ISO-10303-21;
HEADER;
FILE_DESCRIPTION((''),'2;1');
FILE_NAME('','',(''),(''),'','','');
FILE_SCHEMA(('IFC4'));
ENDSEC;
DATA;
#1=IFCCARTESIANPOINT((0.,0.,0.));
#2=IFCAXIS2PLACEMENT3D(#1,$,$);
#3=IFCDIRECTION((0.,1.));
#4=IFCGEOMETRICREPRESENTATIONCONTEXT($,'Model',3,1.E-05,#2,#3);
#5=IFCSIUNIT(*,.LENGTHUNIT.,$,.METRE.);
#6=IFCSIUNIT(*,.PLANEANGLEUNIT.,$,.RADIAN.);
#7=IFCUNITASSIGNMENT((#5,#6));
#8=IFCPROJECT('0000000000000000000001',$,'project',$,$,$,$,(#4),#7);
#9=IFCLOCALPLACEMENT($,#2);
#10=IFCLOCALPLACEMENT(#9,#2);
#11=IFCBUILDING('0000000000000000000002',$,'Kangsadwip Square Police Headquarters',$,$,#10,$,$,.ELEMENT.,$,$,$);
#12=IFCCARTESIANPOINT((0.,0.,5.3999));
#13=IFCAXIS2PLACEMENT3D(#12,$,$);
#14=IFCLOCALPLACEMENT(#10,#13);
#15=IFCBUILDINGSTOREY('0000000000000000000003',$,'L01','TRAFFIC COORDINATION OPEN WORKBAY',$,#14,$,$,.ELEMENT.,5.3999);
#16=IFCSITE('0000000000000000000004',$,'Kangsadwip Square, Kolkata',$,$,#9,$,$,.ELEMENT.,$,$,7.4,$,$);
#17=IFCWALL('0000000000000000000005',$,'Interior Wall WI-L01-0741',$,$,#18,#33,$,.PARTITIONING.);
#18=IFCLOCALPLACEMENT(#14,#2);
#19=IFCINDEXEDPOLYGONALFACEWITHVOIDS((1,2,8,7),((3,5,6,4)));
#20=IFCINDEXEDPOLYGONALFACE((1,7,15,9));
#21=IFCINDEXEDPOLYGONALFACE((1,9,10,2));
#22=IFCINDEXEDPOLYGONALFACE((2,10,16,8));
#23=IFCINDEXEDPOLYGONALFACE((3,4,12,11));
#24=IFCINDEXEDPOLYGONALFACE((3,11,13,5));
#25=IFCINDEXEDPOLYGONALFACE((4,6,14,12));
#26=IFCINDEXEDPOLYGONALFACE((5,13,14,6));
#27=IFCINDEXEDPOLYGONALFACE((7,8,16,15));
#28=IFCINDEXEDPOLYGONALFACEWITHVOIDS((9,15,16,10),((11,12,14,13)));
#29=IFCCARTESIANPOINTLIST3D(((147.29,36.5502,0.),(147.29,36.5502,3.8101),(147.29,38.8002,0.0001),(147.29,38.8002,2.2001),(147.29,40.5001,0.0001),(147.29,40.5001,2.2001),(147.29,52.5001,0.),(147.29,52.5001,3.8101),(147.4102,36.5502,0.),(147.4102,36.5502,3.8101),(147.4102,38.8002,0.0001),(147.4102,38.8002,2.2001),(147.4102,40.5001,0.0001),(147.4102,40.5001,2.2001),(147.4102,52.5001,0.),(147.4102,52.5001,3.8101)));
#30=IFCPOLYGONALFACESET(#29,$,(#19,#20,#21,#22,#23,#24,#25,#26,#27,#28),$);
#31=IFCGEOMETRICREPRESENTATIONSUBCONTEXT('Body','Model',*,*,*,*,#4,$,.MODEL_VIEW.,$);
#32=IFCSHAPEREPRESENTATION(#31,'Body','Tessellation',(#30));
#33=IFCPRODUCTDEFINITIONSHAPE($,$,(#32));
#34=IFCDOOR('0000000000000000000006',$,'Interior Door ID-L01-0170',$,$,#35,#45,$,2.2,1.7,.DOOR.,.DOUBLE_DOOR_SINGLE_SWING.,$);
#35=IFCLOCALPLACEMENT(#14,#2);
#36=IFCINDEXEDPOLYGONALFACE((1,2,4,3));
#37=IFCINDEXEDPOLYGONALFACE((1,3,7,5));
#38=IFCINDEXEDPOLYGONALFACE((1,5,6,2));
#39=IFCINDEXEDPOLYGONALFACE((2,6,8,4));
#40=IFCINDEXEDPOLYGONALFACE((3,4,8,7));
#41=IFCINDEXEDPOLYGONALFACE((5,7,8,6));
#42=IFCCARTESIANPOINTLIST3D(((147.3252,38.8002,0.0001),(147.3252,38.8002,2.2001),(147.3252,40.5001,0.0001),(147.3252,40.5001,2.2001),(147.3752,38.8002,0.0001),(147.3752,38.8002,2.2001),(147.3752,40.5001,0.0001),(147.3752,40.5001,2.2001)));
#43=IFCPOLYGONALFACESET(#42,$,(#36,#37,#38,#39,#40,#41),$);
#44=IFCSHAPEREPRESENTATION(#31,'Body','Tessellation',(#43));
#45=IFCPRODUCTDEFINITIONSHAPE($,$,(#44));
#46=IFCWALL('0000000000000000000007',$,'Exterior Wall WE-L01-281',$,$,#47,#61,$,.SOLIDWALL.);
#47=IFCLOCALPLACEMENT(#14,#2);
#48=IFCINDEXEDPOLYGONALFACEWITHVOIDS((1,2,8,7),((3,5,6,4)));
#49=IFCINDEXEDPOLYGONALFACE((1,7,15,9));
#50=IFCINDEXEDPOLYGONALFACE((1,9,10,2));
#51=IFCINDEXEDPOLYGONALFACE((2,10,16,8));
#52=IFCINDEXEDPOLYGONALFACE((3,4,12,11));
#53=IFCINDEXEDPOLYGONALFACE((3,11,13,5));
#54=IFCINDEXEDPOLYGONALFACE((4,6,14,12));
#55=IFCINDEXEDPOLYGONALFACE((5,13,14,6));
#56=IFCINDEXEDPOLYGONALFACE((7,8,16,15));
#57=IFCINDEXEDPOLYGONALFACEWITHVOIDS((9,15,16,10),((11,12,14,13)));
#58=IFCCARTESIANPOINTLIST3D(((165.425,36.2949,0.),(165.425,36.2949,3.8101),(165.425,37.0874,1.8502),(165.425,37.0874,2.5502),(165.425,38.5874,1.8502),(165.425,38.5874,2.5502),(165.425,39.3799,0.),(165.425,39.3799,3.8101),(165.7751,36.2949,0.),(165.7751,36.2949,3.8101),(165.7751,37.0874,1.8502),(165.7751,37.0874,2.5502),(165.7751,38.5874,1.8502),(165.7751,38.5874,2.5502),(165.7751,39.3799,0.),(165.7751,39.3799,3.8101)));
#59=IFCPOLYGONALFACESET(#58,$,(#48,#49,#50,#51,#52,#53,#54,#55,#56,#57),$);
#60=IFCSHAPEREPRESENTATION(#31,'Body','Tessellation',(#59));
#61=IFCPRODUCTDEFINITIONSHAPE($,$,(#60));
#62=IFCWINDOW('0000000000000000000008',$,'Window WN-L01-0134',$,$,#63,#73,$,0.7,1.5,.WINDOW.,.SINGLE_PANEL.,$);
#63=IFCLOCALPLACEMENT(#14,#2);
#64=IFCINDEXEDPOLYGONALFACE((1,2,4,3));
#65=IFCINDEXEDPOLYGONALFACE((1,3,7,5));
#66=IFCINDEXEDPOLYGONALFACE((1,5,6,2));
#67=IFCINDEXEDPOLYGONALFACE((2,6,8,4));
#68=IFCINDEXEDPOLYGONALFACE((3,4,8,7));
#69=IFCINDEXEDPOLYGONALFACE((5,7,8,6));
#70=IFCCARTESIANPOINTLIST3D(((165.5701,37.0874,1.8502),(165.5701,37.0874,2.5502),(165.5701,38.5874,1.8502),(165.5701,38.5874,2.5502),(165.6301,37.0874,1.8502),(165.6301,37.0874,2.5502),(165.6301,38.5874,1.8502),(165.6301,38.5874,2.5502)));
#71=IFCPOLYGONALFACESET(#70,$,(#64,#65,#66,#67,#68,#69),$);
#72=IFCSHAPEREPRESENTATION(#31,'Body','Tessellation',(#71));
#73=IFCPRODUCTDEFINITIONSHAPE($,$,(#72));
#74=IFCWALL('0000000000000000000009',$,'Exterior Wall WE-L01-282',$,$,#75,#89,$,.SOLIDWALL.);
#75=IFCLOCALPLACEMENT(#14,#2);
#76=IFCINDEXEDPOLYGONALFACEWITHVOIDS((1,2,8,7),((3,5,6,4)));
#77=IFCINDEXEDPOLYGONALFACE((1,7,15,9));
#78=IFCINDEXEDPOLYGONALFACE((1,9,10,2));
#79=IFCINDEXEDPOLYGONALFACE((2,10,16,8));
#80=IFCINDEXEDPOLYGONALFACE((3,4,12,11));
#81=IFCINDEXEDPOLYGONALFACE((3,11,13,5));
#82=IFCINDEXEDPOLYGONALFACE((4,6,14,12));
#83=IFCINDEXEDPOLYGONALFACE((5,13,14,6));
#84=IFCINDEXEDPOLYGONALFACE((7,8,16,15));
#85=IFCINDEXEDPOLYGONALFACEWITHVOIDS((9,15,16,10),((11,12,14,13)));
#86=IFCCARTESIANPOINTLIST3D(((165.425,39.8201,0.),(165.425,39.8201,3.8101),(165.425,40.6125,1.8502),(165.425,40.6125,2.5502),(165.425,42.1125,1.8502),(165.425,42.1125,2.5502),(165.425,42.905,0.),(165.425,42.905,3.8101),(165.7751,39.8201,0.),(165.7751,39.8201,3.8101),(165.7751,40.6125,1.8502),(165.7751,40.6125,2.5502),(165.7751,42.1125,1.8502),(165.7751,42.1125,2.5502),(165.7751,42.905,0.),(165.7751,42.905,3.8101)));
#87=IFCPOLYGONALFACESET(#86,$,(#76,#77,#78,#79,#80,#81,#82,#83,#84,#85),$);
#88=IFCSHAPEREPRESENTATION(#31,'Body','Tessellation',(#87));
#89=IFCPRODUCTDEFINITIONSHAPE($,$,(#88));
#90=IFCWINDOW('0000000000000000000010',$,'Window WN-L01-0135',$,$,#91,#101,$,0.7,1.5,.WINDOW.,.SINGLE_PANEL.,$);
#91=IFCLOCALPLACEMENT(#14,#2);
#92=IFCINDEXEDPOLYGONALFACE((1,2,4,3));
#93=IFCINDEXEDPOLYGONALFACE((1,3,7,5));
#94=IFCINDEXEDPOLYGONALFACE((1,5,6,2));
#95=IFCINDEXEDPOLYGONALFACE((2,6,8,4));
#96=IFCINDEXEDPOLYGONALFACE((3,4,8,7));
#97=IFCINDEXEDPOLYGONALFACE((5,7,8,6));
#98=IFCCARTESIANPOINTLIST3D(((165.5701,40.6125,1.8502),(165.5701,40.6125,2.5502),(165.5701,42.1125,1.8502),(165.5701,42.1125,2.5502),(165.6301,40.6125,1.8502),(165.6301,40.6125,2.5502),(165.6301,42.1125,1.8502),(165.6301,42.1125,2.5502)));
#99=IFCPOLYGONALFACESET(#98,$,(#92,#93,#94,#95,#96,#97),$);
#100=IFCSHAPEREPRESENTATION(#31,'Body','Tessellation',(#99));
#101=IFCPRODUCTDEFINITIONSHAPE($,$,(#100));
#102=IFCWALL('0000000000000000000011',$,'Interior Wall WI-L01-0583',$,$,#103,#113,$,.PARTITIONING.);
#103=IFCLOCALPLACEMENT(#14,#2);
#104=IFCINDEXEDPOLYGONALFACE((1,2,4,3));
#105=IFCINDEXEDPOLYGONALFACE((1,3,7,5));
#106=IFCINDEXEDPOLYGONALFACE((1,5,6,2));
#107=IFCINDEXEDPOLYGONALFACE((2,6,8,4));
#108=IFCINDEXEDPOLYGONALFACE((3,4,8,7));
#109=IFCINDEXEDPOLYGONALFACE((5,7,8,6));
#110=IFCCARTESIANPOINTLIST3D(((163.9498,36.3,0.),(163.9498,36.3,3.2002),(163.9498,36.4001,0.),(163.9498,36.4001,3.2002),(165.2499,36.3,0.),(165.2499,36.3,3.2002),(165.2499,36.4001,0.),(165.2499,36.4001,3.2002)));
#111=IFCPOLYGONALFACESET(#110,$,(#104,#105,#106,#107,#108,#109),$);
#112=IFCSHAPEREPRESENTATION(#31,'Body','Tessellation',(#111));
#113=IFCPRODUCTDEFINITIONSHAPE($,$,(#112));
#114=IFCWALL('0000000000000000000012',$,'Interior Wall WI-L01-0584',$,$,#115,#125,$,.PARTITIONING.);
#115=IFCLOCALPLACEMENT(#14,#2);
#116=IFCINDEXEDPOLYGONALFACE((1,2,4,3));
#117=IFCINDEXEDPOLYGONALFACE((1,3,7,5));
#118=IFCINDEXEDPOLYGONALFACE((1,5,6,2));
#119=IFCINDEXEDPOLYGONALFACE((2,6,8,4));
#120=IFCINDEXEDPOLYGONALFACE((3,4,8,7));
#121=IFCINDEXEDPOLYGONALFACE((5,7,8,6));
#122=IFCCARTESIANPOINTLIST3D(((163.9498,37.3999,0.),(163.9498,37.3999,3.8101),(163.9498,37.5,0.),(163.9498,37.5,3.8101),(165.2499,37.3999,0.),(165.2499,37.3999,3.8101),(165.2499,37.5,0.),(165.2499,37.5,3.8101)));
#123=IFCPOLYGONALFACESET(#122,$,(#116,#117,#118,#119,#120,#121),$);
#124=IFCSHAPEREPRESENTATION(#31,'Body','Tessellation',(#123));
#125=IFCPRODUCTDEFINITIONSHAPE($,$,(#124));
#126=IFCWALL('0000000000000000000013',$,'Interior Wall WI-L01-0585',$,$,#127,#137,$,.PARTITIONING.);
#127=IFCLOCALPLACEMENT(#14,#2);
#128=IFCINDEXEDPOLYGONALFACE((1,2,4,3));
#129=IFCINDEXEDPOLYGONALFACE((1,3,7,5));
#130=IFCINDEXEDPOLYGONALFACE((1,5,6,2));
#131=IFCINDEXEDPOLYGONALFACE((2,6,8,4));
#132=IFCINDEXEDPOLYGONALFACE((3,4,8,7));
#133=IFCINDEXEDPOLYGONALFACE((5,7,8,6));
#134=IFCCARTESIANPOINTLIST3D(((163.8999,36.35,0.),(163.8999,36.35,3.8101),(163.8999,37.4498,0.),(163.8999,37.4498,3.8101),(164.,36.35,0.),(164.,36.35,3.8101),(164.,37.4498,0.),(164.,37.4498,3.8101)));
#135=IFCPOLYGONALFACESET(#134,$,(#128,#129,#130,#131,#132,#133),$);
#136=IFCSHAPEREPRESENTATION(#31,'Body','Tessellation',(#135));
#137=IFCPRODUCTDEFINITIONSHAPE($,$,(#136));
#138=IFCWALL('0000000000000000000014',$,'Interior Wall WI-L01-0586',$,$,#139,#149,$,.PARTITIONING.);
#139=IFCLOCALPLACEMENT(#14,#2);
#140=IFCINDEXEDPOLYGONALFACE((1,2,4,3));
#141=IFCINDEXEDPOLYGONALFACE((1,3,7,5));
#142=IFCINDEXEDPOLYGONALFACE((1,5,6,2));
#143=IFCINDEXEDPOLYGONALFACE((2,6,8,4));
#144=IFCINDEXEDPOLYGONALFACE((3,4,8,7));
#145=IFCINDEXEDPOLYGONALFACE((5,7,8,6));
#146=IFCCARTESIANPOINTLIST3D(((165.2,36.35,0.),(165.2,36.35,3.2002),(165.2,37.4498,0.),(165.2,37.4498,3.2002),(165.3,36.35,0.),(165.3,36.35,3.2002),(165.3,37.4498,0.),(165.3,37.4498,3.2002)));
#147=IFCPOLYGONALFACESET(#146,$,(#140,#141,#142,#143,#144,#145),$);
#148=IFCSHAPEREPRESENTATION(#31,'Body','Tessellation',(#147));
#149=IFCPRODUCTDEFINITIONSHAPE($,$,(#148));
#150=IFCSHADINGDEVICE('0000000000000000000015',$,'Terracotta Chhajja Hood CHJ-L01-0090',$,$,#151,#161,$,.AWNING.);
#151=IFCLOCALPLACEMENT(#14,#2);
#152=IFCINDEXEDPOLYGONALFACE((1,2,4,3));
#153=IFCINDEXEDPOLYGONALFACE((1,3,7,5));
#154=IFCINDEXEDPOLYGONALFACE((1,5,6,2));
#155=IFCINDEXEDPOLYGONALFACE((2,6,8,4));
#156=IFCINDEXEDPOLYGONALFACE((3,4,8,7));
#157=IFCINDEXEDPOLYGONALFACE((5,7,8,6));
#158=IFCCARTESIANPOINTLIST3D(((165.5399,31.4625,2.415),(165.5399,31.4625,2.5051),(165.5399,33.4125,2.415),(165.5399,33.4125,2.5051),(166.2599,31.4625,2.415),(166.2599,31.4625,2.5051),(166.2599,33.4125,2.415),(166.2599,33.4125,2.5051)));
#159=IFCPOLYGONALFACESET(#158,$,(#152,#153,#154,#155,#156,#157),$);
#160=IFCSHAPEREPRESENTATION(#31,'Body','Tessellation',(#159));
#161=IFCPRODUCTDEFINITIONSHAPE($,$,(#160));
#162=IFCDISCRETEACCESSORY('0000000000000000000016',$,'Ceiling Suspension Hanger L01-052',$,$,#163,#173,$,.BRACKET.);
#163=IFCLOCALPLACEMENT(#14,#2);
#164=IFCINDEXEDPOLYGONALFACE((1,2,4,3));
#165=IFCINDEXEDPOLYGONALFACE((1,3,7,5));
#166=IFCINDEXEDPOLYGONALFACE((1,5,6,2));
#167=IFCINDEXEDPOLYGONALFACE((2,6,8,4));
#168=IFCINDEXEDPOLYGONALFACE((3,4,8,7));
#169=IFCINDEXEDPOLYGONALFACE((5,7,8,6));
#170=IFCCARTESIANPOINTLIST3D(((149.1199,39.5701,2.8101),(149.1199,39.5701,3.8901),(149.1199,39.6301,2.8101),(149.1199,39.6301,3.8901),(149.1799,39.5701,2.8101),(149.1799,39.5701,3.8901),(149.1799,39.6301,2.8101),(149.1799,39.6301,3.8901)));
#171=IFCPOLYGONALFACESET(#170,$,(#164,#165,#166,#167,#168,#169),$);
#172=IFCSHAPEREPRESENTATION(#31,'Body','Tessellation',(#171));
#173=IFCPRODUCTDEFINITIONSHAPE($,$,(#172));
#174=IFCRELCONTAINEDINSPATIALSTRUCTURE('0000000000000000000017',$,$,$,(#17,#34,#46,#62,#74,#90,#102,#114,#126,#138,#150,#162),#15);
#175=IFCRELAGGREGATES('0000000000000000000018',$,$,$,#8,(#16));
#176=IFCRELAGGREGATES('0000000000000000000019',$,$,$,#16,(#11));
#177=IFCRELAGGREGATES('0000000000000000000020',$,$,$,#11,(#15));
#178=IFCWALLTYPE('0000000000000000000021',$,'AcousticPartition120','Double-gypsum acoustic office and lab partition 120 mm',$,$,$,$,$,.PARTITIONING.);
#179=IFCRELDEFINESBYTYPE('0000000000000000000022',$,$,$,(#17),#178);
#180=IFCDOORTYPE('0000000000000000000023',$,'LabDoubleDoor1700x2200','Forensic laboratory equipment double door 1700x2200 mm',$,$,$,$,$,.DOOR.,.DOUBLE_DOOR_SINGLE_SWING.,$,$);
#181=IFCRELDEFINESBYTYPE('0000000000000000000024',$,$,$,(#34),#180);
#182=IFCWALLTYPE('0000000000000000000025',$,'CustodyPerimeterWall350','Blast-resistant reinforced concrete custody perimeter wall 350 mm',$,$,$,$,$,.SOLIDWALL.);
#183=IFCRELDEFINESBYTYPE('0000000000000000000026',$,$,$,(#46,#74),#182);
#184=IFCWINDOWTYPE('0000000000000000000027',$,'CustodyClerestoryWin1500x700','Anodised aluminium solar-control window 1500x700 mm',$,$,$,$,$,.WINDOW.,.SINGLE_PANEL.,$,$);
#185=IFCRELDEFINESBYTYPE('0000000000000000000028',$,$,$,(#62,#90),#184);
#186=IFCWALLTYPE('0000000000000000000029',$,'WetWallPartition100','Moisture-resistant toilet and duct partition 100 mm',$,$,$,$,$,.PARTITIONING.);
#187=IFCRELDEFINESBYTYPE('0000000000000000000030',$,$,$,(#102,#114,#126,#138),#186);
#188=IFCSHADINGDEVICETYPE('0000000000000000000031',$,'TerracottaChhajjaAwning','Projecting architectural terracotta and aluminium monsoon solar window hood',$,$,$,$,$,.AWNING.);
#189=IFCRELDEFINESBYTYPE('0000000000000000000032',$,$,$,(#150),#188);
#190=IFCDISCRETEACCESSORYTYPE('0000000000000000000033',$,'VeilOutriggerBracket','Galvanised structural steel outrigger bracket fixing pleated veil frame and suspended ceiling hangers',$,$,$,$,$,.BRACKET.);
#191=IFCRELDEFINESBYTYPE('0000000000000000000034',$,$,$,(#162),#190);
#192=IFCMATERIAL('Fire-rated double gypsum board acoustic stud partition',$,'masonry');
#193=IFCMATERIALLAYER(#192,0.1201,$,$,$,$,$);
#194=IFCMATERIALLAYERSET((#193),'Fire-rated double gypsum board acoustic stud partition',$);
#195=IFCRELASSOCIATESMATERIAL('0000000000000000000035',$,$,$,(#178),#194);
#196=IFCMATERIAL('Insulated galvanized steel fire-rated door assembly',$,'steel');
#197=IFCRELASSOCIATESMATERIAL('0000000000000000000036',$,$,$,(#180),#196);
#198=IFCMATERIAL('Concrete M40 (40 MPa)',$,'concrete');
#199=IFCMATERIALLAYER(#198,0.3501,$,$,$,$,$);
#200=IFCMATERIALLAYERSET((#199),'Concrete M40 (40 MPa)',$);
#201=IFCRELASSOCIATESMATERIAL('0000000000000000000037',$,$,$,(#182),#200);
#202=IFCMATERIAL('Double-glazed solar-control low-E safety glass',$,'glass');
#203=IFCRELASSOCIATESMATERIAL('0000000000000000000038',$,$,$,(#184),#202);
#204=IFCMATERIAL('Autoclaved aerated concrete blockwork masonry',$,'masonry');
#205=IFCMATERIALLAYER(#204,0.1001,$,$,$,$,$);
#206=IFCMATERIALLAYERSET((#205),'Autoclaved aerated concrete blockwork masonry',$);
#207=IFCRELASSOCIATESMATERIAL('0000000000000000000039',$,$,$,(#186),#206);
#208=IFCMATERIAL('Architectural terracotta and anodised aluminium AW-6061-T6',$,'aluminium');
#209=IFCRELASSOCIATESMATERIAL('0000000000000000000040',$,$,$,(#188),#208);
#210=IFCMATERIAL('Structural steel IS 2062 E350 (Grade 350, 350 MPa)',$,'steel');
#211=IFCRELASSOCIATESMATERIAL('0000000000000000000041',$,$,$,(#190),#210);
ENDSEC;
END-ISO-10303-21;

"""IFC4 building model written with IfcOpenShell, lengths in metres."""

from ifc_helpers import new_model, si_unit, direction, frame, frame_2d, origin, origin_2d, place, context, subcontext, project, spatial, rectangle, extrude, material, layer, layer_set, type_object, element, fill, save


model = new_model("IFC4")

# Units and contexts
model_context = context("Model", 3, precision=1e-05, world=origin(), true_north=direction((0.0, 1.0)))
body_context = subcontext(model_context, "Body", "Model", "MODEL_VIEW")
ifc_project = project(units=[si_unit("LENGTHUNIT", "METRE"), si_unit("PLANEANGLEUNIT", "RADIAN")], contexts=[model_context])

# Site, building, storey
site_placement = place(None, origin())
site = spatial("IfcSite", under=ifc_project, at=site_placement, Name="Kangsadwip Square, Kolkata", CompositionType="ELEMENT", RefElevation=7.4)
building_placement = place(site_placement, origin())
building = spatial("IfcBuilding", under=site, at=building_placement, Name="Kangsadwip Square Police Headquarters", CompositionType="ELEMENT")
storey_placement = place(building_placement, frame((0.0, 0.0, 5.3999)))
storey = spatial("IfcBuildingStorey", under=building, at=storey_placement, Name="L01", Description="TRAFFIC COORDINATION OPEN WORKBAY", CompositionType="ELEMENT", Elevation=5.3999)

# Wall, opening, door
ifc_material_1 = material(Name="Fire-rated double gypsum board acoustic stud partition", Category="masonry")
ifc_layer_1 = layer(ifc_material_1, 0.1201)
ifc_layer_set_1 = layer_set([ifc_layer_1], Name="Fire-rated double gypsum board acoustic stud partition")
wall_type_1 = type_object("IfcWallType", Name="AcousticPartition120", Description="Double-gypsum acoustic office and lab partition 120 mm", PredefinedType="PARTITIONING", material=ifc_layer_set_1)
wall_1_placement = place(storey_placement, frame((147.3501, 36.55, 0.0), z_axis=(0.0, 0.0, 1.0), x_axis=(0.0, 1.0, 0.0)))
wall_1 = element("IfcWall", 1, at=wall_1_placement, inside=storey, type_object=wall_type_1, Name="Interior Wall WI-L01-0741", PredefinedType="PARTITIONING", context=body_context, shape_type="SweptSolid", body=[
    extrude(rectangle(XDim=15.95, YDim=0.1201, at=frame_2d((7.9751, 0.0))), origin(), (0.0, 0.0, 1.0), 3.8101),
])
opening_1_placement = place(wall_1_placement, frame((2.25, 0.0, 0.0)))
opening_1 = element("IfcOpeningElement", 2, at=opening_1_placement, cuts=wall_1, PredefinedType="OPENING", context=body_context, shape_type="SweptSolid", body=[
    extrude(rectangle(XDim=1.7, YDim=2.2, at=frame_2d((0.8501, 1.1001))), frame((0.0, 0.0701, 0.0), z_axis=(0.0, -1.0, 0.0), x_axis=(1.0, 0.0, 0.0)), (0.0, 0.0, 1.0), 0.1401),
])
ifc_material_2 = material(Name="Insulated galvanized steel fire-rated door assembly", Category="steel")
door_type = type_object("IfcDoorType", Name="LabDoubleDoor1700x2200", Description="Forensic laboratory equipment double door 1700x2200 mm", OperationType="DOUBLE_DOOR_SINGLE_SWING", PredefinedType="DOOR", material=ifc_material_2)
door_placement = place(opening_1_placement, origin())
door = element("IfcDoor", 3, at=door_placement, inside=storey, type_object=door_type, Name="Interior Door ID-L01-0170", OperationType="DOUBLE_DOOR_SINGLE_SWING", OverallHeight=2.2, OverallWidth=1.7, PredefinedType="DOOR", context=body_context, shape_type="SweptSolid", body=[
    extrude(rectangle(XDim=1.7, YDim=2.2, at=frame_2d((0.8501, 1.1001))), frame((0.0, 0.0249, 0.0), z_axis=(0.0, -1.0, 0.0), x_axis=(1.0, 0.0, 0.0)), (0.0, 0.0, 1.0), 0.05),
])
fill(opening_1, door)

# Walls, openings, windows
ifc_material_3 = material(Name="Concrete M40 (40 MPa)", Category="concrete")
ifc_layer_2 = layer(ifc_material_3, 0.3501)
ifc_layer_set_2 = layer_set([ifc_layer_2], Name="Concrete M40 (40 MPa)")
wall_type_2 = type_object("IfcWallType", Name="CustodyPerimeterWall350", Description="Blast-resistant reinforced concrete custody perimeter wall 350 mm", PredefinedType="SOLIDWALL", material=ifc_layer_set_2)
wall_2_placement = place(storey_placement, frame((165.6001, 36.2949, 0.0), z_axis=(0.0, 0.0, 1.0), x_axis=(0.0, 1.0, 0.0)))
wall_2 = element("IfcWall", 4, at=wall_2_placement, inside=storey, type_object=wall_type_2, Name="Exterior Wall WE-L01-281", PredefinedType="SOLIDWALL", context=body_context, shape_type="SweptSolid", body=[
    extrude(rectangle(XDim=3.085, YDim=0.3501, at=frame_2d((1.5425, 0.0))), origin(), (0.0, 0.0, 1.0), 3.8101),
])
opening_2_placement = place(wall_2_placement, frame((0.7925, 0.0, 1.8501)))
opening_2 = element("IfcOpeningElement", 5, at=opening_2_placement, cuts=wall_2, PredefinedType="OPENING", context=body_context, shape_type="SweptSolid", body=[
    extrude(rectangle(XDim=1.5, YDim=0.7, at=frame_2d((0.75, 0.3501))), frame((0.0, 0.1851, 0.0), z_axis=(0.0, -1.0, 0.0), x_axis=(1.0, 0.0, 0.0)), (0.0, 0.0, 1.0), 0.3701),
])
ifc_material_4 = material(Name="Double-glazed solar-control low-E safety glass", Category="glass")
window_type = type_object("IfcWindowType", Name="CustodyClerestoryWin1500x700", Description="Anodised aluminium solar-control window 1500x700 mm", PartitioningType="SINGLE_PANEL", PredefinedType="WINDOW", material=ifc_material_4)
window_1_placement = place(opening_2_placement, origin())
window_1 = element("IfcWindow", 6, at=window_1_placement, inside=storey, type_object=window_type, Name="Window WN-L01-0134", OverallHeight=0.7, OverallWidth=1.5, PartitioningType="SINGLE_PANEL", PredefinedType="WINDOW", context=body_context, shape_type="SweptSolid", body=[
    extrude(rectangle(XDim=1.5, YDim=0.7, at=frame_2d((0.75, 0.3501))), frame((0.0, 0.03, 0.0), z_axis=(0.0, -1.0, 0.0), x_axis=(1.0, 0.0, 0.0)), (0.0, 0.0, 1.0), 0.0601),
])
fill(opening_2, window_1)
wall_3_placement = place(storey_placement, frame((165.6001, 39.8201, 0.0), z_axis=(0.0, 0.0, 1.0), x_axis=(0.0, 1.0, 0.0)))
wall_3 = element("IfcWall", 7, at=wall_3_placement, inside=storey, type_object=wall_type_2, Name="Exterior Wall WE-L01-282", PredefinedType="SOLIDWALL", context=body_context, shape_type="SweptSolid", body=[
    extrude(rectangle(XDim=3.085, YDim=0.3501, at=frame_2d((1.5425, 0.0))), origin(), (0.0, 0.0, 1.0), 3.8101),
])
opening_3_placement = place(wall_3_placement, frame((0.7925, 0.0, 1.8501)))
opening_3 = element("IfcOpeningElement", 8, at=opening_3_placement, cuts=wall_3, PredefinedType="OPENING", context=body_context, shape_type="SweptSolid", body=[
    extrude(rectangle(XDim=1.5, YDim=0.7, at=frame_2d((0.75, 0.3501))), frame((0.0, 0.1851, 0.0), z_axis=(0.0, -1.0, 0.0), x_axis=(1.0, 0.0, 0.0)), (0.0, 0.0, 1.0), 0.3701),
])
window_2_placement = place(opening_3_placement, origin())
window_2 = element("IfcWindow", 9, at=window_2_placement, inside=storey, type_object=window_type, Name="Window WN-L01-0135", OverallHeight=0.7, OverallWidth=1.5, PartitioningType="SINGLE_PANEL", PredefinedType="WINDOW", context=body_context, shape_type="SweptSolid", body=[
    extrude(rectangle(XDim=1.5, YDim=0.7, at=frame_2d((0.75, 0.3501))), frame((0.0, 0.03, 0.0), z_axis=(0.0, -1.0, 0.0), x_axis=(1.0, 0.0, 0.0)), (0.0, 0.0, 1.0), 0.0601),
])
fill(opening_3, window_2)

# Walls
ifc_material_5 = material(Name="Autoclaved aerated concrete blockwork masonry", Category="masonry")
ifc_layer_3 = layer(ifc_material_5, 0.1001)
ifc_layer_set_3 = layer_set([ifc_layer_3], Name="Autoclaved aerated concrete blockwork masonry")
wall_type_3 = type_object("IfcWallType", Name="WetWallPartition100", Description="Moisture-resistant toilet and duct partition 100 mm", PredefinedType="PARTITIONING", material=ifc_layer_set_3)
wall_4_placement = place(storey_placement, frame((163.95, 36.3501, 0.0), z_axis=(0.0, 0.0, 1.0), x_axis=(1.0, 0.0, 0.0)))
element("IfcWall", 10, at=wall_4_placement, inside=storey, type_object=wall_type_3, Name="Interior Wall WI-L01-0583", PredefinedType="PARTITIONING", context=body_context, shape_type="SweptSolid", body=[
    extrude(rectangle(XDim=1.3, YDim=0.1001, at=frame_2d((0.6499, 0.0))), origin(), (0.0, 0.0, 1.0), 3.2002),
])
wall_5_placement = place(storey_placement, frame((163.95, 37.45, 0.0), z_axis=(0.0, 0.0, 1.0), x_axis=(1.0, 0.0, 0.0)))
element("IfcWall", 11, at=wall_5_placement, inside=storey, type_object=wall_type_3, Name="Interior Wall WI-L01-0584", PredefinedType="PARTITIONING", context=body_context, shape_type="SweptSolid", body=[
    extrude(rectangle(XDim=1.3, YDim=0.1001, at=frame_2d((0.6499, 0.0))), origin(), (0.0, 0.0, 1.0), 3.8101),
])
wall_6_placement = place(storey_placement, frame((163.95, 36.3501, 0.0), z_axis=(0.0, 0.0, 1.0), x_axis=(0.0, 1.0, 0.0)))
element("IfcWall", 12, at=wall_6_placement, inside=storey, type_object=wall_type_3, Name="Interior Wall WI-L01-0585", PredefinedType="PARTITIONING", context=body_context, shape_type="SweptSolid", body=[
    extrude(rectangle(XDim=1.0999, YDim=0.1001, at=frame_2d((0.5498, 0.0))), origin(), (0.0, 0.0, 1.0), 3.8101),
])
wall_7_placement = place(storey_placement, frame((165.25, 36.3501, 0.0), z_axis=(0.0, 0.0, 1.0), x_axis=(0.0, 1.0, 0.0)))
element("IfcWall", 13, at=wall_7_placement, inside=storey, type_object=wall_type_3, Name="Interior Wall WI-L01-0586", PredefinedType="PARTITIONING", context=body_context, shape_type="SweptSolid", body=[
    extrude(rectangle(XDim=1.0999, YDim=0.1001, at=frame_2d((0.5498, 0.0))), origin(), (0.0, 0.0, 1.0), 3.2002),
])

# Shading device
ifc_material_6 = material(Name="Architectural terracotta and anodised aluminium AW-6061-T6", Category="aluminium")
shading_device_type = type_object("IfcShadingDeviceType", Name="TerracottaChhajjaAwning", Description="Projecting architectural terracotta and aluminium monsoon solar window hood", PredefinedType="AWNING", material=ifc_material_6)
shading_device_placement = place(storey_placement, frame((165.8999, 32.4375, 2.415), z_axis=(0.0, 0.0, 1.0), x_axis=(0.0, 1.0, 0.0)))
element("IfcShadingDevice", 14, at=shading_device_placement, inside=storey, type_object=shading_device_type, Name="Terracotta Chhajja Hood CHJ-L01-0090", PredefinedType="AWNING", context=body_context, shape_type="SweptSolid", body=[
    extrude(rectangle(XDim=1.95, YDim=0.72, at=origin_2d()), origin(), (0.0, 0.0, 1.0), 0.0901),
])

# Discrete accessory
ifc_material_7 = material(Name="Structural steel IS 2062 E350 (Grade 350, 350 MPa)", Category="steel")
discrete_accessory_type = type_object("IfcDiscreteAccessoryType", Name="VeilOutriggerBracket", Description="Galvanised structural steel outrigger bracket fixing pleated veil frame and suspended ceiling hangers", PredefinedType="BRACKET", material=ifc_material_7)
for number, where, z_axis, x_axis, name in (
    (15, (149.1499, 39.6001, 2.8101), (0.0, 0.0, 1.0), (1.0, 0.0, 0.0), "Ceiling Suspension Hanger L01-052"),
):
    element("IfcDiscreteAccessory", number, at=place(storey_placement, frame(where, z_axis=z_axis, x_axis=x_axis)), inside=storey, type_object=discrete_accessory_type, Name=name, PredefinedType="BRACKET", context=body_context, shape_type="SweptSolid", body=[
        extrude(rectangle(XDim=0.0601, YDim=0.0601, at=origin_2d()), origin(), (0.0, 0.0, 1.0), 1.0801),
    ])

save(model, "model.ifc")
